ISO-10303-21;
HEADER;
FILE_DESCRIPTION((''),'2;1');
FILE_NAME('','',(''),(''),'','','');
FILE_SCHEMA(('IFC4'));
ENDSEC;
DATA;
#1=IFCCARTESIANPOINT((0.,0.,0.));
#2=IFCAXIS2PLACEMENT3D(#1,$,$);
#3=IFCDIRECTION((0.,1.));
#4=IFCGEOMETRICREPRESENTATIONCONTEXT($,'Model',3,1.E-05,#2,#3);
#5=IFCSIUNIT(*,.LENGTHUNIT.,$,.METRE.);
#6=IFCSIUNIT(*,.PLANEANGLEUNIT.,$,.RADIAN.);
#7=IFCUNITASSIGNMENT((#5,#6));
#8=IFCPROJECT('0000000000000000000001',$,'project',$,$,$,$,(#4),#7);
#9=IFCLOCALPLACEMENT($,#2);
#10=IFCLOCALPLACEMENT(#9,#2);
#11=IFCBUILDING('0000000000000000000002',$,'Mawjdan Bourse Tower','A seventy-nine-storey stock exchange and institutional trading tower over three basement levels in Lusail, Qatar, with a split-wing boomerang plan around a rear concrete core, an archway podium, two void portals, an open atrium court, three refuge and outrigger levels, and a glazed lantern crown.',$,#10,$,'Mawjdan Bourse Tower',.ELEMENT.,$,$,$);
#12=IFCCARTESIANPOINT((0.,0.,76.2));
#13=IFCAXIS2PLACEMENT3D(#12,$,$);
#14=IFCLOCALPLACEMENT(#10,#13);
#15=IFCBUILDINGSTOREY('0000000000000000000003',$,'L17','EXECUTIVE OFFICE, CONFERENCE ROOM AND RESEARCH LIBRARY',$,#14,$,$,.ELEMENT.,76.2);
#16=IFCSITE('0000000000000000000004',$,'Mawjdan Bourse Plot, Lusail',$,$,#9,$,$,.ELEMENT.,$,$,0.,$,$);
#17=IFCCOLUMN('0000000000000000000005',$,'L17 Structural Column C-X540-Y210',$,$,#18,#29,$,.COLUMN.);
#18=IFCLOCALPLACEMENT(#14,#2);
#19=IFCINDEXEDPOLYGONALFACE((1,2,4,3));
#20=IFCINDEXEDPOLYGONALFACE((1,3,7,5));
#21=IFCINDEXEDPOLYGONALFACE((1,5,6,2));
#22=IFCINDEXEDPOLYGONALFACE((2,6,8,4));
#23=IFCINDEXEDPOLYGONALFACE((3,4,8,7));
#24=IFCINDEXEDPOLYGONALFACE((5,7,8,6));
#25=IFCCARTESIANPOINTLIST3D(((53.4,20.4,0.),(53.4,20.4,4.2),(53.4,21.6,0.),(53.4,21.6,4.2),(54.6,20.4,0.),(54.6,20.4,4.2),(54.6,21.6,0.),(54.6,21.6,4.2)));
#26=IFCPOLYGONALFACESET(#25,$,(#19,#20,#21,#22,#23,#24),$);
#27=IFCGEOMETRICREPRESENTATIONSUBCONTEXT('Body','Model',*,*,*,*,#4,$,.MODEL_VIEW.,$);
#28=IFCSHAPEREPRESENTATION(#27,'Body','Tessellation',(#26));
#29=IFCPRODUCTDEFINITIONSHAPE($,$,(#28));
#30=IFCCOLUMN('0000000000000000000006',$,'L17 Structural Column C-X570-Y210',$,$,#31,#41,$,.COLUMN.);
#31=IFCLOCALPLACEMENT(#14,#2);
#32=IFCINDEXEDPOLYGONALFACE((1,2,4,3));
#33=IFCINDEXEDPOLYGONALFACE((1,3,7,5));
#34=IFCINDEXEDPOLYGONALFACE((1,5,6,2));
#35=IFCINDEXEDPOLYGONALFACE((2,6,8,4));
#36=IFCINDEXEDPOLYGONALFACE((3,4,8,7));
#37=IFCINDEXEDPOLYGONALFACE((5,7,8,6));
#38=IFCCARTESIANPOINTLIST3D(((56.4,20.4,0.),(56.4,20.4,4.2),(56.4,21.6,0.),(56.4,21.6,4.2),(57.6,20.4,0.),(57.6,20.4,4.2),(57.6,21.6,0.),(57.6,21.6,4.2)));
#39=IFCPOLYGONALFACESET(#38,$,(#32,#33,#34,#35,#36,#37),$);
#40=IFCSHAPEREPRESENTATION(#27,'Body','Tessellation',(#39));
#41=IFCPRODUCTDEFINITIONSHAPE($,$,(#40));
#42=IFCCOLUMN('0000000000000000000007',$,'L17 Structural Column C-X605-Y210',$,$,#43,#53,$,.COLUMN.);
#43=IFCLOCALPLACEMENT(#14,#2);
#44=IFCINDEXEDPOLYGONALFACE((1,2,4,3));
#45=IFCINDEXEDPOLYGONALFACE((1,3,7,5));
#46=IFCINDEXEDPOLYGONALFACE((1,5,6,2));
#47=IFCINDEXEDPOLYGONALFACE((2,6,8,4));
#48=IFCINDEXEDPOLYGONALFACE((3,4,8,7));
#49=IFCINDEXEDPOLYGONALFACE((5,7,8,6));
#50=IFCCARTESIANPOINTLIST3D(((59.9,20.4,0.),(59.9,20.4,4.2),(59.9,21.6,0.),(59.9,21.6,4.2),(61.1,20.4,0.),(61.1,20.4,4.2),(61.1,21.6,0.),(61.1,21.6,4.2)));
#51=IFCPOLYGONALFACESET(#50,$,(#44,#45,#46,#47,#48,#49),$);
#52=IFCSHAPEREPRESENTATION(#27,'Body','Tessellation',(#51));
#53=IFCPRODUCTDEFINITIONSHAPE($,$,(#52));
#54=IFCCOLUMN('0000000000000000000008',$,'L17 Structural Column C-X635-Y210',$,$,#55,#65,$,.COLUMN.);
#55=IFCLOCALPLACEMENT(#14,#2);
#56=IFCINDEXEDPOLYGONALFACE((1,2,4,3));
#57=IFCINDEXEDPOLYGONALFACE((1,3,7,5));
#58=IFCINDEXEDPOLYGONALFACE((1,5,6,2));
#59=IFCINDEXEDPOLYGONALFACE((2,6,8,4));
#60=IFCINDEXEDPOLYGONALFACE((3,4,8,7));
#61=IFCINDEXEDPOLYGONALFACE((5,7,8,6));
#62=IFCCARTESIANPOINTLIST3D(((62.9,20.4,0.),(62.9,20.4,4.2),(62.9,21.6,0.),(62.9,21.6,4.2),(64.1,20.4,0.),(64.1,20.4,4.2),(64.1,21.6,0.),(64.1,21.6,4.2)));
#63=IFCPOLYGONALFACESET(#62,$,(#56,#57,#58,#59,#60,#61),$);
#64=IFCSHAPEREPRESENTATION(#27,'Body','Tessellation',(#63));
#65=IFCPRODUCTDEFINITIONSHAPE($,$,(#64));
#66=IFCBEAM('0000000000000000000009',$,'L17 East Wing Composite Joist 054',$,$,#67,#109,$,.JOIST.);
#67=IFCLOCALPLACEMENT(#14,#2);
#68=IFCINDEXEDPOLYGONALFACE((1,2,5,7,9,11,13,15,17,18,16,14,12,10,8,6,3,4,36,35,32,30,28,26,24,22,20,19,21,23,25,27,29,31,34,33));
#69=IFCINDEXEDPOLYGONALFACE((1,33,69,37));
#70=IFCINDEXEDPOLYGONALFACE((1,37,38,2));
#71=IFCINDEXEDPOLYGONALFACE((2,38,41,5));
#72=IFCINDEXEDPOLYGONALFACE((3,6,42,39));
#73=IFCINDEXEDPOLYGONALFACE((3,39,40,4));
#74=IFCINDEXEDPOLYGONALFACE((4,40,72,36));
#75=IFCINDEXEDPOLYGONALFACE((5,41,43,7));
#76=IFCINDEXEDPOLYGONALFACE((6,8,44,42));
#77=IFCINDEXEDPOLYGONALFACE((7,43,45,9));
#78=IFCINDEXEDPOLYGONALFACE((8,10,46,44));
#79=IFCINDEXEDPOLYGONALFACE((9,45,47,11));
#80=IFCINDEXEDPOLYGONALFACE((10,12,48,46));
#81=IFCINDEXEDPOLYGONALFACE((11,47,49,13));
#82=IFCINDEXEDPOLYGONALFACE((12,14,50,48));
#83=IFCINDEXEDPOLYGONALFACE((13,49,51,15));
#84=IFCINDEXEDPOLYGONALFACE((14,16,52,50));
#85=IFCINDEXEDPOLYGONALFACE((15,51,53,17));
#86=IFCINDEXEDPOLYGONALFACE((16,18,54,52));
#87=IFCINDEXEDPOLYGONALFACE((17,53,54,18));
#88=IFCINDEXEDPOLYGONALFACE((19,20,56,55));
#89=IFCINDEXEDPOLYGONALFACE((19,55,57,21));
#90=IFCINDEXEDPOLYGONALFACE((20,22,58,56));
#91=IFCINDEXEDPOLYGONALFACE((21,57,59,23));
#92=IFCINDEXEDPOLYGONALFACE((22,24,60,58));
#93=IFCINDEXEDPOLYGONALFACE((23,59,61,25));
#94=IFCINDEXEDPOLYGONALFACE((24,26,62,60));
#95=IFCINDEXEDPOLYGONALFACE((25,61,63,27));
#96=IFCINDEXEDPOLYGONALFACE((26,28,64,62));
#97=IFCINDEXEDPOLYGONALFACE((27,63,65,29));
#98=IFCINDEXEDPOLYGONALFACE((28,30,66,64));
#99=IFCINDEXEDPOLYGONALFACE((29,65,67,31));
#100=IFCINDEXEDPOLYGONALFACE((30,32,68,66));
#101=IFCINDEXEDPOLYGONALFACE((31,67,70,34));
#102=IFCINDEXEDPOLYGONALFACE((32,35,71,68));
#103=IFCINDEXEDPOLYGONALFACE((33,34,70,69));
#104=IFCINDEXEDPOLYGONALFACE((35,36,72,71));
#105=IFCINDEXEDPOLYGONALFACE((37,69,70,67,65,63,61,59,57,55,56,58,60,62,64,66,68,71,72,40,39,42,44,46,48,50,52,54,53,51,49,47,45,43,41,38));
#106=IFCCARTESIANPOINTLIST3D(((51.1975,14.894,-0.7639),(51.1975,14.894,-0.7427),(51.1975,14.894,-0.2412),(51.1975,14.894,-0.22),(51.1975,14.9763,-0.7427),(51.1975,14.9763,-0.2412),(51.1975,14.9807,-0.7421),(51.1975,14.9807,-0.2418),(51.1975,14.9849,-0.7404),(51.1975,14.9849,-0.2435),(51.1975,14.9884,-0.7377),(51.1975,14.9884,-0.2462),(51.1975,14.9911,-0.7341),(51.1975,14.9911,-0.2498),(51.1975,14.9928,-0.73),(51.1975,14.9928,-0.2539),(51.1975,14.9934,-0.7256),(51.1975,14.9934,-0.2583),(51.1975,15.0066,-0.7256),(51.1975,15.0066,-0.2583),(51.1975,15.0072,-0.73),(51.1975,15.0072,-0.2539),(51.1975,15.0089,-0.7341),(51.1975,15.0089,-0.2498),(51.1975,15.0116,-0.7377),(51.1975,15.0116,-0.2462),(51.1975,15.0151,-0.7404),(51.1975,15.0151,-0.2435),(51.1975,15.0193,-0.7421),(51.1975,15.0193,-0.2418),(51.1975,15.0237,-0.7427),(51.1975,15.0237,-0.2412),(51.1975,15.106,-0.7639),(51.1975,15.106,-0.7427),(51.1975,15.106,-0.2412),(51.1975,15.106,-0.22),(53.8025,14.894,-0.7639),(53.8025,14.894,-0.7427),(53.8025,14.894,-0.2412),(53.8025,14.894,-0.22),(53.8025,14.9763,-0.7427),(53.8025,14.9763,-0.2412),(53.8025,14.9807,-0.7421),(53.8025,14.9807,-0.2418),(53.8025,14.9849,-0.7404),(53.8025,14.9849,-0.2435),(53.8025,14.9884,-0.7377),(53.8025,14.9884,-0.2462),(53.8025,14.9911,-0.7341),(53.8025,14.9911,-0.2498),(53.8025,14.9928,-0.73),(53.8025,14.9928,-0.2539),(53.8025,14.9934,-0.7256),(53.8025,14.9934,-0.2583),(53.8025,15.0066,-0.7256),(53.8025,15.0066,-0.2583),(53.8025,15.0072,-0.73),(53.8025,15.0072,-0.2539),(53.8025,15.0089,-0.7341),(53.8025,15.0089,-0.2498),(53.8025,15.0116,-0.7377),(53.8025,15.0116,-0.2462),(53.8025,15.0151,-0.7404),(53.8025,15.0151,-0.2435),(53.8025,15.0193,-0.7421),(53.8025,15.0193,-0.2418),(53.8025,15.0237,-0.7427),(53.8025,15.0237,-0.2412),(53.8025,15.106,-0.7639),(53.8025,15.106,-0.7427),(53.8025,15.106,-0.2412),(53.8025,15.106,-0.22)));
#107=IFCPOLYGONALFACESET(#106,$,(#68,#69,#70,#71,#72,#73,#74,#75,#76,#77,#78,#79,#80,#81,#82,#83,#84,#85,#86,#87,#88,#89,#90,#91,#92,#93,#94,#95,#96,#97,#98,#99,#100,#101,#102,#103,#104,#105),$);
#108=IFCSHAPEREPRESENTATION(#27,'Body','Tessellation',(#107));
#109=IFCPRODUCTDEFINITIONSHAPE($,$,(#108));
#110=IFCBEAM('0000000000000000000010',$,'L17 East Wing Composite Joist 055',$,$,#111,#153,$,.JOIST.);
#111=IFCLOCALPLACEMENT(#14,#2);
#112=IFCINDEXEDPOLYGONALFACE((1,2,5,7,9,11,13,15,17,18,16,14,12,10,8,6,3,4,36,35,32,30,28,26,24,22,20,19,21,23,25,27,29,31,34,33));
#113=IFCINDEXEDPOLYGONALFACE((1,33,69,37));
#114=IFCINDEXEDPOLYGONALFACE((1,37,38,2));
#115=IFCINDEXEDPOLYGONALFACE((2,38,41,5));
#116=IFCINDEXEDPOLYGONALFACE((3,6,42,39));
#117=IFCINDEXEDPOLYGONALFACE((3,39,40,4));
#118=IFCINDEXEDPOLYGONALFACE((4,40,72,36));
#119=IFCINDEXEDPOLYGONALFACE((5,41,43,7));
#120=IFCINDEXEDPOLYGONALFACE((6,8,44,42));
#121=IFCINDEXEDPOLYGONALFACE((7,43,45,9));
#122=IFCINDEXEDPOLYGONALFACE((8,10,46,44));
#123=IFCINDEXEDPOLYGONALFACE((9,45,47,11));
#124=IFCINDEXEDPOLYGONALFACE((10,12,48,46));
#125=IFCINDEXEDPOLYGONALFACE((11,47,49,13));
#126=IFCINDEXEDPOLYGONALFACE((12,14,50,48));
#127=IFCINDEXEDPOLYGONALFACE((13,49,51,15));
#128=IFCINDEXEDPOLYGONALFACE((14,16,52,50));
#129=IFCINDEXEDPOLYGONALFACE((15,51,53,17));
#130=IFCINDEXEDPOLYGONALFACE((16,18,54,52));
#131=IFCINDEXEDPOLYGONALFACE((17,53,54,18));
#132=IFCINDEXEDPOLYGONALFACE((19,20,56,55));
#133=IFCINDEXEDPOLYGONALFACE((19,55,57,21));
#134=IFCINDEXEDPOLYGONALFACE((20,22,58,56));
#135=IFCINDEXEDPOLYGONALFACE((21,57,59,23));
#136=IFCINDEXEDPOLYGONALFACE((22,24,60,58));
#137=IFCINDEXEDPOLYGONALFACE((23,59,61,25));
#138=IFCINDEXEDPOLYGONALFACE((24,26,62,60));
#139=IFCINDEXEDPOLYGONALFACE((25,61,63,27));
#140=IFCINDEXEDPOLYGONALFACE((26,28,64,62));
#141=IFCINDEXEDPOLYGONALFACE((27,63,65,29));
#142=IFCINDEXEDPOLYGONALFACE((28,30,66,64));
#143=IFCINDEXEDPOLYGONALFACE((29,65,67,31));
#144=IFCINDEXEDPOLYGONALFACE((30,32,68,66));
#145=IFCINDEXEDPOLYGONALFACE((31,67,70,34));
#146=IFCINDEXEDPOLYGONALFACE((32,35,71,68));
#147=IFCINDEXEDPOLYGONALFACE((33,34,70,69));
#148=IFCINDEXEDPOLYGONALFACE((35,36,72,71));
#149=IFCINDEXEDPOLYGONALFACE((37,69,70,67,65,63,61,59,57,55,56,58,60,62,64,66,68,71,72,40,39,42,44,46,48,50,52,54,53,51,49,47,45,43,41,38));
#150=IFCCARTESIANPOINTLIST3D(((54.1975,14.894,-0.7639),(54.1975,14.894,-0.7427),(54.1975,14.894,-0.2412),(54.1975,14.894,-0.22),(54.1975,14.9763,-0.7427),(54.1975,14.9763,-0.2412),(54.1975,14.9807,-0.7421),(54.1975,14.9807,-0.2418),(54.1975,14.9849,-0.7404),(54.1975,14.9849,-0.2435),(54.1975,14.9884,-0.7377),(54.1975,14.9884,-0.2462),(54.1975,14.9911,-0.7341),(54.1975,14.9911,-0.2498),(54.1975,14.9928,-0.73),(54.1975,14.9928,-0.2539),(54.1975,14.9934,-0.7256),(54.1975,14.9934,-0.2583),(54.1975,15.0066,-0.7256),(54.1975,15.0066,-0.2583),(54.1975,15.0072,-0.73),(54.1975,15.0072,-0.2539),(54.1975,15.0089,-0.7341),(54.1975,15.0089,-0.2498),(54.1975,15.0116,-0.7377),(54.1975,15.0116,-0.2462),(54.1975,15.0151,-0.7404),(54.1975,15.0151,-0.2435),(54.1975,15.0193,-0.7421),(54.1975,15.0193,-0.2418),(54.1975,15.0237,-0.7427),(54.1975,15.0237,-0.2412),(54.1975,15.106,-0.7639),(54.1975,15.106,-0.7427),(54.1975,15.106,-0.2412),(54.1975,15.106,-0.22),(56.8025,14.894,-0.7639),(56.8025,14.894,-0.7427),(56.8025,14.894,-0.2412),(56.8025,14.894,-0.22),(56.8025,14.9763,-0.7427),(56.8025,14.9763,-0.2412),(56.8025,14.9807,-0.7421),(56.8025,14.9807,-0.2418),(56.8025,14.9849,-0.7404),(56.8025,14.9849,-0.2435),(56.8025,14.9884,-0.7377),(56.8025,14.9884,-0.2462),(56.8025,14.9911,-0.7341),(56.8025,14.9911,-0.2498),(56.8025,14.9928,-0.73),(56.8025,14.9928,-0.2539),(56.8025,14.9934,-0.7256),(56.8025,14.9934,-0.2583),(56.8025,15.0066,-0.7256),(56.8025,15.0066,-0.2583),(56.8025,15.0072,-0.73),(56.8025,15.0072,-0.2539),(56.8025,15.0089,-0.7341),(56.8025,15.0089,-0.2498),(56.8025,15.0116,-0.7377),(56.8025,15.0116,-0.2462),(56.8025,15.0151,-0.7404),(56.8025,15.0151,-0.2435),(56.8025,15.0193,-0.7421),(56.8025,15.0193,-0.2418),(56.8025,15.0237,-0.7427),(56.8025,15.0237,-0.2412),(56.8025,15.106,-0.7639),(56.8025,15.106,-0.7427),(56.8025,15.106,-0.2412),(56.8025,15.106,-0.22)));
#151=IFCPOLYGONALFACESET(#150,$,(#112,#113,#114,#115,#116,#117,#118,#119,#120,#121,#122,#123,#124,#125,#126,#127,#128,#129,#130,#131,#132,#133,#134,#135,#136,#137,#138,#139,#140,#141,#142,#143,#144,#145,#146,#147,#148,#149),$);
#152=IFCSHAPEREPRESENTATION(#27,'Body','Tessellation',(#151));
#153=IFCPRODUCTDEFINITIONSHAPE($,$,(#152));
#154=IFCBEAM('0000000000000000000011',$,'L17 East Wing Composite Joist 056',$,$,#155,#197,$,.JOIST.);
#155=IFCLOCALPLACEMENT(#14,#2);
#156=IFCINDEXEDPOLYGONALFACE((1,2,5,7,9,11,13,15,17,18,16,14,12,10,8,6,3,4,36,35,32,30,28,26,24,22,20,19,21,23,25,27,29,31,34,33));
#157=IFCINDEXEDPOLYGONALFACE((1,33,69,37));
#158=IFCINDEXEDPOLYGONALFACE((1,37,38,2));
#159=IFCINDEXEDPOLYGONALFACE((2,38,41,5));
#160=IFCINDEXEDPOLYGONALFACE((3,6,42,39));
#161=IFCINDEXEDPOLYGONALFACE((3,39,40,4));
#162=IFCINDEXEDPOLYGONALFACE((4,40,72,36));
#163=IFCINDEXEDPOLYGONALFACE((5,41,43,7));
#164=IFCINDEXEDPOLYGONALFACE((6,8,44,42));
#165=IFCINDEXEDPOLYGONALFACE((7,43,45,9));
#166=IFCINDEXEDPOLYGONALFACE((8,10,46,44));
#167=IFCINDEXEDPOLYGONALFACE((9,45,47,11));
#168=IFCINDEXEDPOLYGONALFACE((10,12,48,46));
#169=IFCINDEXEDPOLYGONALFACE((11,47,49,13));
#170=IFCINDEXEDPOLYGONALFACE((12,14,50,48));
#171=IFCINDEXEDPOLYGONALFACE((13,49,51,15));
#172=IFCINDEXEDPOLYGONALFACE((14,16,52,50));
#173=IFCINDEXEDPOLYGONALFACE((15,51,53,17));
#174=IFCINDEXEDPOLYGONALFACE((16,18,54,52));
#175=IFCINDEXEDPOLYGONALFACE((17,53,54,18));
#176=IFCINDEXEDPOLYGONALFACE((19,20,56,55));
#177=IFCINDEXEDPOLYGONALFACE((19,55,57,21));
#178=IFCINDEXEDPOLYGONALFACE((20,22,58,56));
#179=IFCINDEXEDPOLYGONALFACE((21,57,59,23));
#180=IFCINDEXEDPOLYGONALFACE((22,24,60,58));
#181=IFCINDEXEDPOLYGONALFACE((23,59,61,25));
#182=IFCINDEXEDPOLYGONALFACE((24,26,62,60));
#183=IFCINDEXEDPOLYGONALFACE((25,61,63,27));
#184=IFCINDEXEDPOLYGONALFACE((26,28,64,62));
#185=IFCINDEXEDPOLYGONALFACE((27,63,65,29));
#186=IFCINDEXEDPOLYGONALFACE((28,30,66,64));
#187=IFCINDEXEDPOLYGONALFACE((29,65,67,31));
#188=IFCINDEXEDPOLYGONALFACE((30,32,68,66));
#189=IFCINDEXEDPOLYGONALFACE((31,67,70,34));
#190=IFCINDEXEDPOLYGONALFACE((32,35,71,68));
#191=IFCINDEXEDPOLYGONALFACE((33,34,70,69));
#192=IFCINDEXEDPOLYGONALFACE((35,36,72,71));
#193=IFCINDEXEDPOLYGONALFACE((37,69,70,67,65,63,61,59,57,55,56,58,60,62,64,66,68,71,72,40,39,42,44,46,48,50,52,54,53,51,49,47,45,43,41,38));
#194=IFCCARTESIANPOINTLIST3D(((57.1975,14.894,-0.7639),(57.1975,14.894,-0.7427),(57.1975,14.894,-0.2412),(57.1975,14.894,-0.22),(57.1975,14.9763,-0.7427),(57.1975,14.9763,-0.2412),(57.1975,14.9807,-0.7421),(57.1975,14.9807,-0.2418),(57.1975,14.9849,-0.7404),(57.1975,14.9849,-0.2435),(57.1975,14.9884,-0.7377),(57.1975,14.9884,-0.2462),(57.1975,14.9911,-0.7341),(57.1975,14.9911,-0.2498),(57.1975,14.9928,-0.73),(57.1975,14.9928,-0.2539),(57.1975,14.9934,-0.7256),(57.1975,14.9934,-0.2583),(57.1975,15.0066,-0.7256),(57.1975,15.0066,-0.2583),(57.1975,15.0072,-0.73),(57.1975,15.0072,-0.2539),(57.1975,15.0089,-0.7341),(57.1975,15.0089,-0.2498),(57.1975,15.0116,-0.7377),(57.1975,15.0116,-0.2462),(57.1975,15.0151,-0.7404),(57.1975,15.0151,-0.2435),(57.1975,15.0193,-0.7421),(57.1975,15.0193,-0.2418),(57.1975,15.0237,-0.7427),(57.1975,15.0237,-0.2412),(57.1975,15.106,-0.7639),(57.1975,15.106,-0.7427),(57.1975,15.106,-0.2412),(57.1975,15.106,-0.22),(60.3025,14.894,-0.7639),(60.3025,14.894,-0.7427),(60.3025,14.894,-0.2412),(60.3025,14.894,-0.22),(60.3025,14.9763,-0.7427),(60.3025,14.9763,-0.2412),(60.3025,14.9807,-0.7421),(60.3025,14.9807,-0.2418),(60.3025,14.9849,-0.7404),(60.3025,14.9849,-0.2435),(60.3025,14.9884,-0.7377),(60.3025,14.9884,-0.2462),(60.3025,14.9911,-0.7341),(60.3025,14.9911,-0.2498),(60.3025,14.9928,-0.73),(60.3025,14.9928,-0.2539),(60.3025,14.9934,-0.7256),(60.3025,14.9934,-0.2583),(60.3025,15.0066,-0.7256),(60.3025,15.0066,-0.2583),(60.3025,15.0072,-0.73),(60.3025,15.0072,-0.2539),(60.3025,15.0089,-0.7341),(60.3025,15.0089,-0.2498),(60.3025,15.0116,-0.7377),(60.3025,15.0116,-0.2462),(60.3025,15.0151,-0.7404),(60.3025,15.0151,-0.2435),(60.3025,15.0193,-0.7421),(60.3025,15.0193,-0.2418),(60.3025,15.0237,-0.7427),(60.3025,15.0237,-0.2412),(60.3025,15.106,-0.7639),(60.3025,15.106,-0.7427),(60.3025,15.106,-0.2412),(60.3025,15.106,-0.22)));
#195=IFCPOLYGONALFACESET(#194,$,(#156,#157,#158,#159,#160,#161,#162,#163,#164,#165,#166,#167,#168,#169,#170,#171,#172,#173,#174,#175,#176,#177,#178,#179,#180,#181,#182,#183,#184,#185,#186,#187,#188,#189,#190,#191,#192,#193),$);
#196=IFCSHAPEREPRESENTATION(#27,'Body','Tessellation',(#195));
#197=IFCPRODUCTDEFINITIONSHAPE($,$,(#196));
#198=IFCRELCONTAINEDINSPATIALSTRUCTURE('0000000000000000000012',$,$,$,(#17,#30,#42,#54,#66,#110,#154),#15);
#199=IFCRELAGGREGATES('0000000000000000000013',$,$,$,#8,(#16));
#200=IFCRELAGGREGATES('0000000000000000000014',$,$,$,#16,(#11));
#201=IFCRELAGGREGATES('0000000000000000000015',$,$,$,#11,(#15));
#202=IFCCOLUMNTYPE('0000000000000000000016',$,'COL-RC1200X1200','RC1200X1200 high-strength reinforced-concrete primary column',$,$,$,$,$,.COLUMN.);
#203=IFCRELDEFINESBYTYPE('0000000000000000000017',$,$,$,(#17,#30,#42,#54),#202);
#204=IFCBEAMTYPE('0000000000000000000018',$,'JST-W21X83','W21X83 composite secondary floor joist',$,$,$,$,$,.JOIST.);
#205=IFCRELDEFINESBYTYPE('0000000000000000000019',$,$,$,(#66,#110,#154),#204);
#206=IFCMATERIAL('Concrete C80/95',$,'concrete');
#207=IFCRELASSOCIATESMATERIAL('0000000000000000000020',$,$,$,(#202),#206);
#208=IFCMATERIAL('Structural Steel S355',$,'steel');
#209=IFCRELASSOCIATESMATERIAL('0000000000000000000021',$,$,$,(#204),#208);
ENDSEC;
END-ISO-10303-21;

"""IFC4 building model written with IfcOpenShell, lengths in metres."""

from ifc_helpers import new_model, si_unit, direction, frame, origin, origin_2d, place, context, subcontext, project, spatial, rectangle, i_section, extrude, material, material_profile, profile_set, type_object, element, save


model = new_model("IFC4")

# Units and contexts
model_context = context("Model", 3, precision=1e-05, world=origin(), true_north=direction((0.0, 1.0)))
body_context = subcontext(model_context, "Body", "Model", "MODEL_VIEW")
ifc_project = project(units=[si_unit("LENGTHUNIT", "METRE"), si_unit("PLANEANGLEUNIT", "RADIAN")], contexts=[model_context])

# Site, building, storey
site_placement = place(None, origin())
site = spatial("IfcSite", under=ifc_project, at=site_placement, Name="Mawjdan Bourse Plot, Lusail", CompositionType="ELEMENT", RefElevation=0.0)
building_placement = place(site_placement, origin())
building = spatial("IfcBuilding", under=site, at=building_placement, Name="Mawjdan Bourse Tower", Description="A seventy-nine-storey stock exchange and institutional trading tower over three basement levels in Lusail, Qatar, with a split-wing boomerang plan around a rear concrete core, an archway podium, two void portals, an open atrium court, three refuge and outrigger levels, and a glazed lantern crown.", LongName="Mawjdan Bourse Tower", CompositionType="ELEMENT")
storey_placement = place(building_placement, frame((0.0, 0.0, 76.2)))
storey = spatial("IfcBuildingStorey", under=building, at=storey_placement, Name="L17", Description="EXECUTIVE OFFICE, CONFERENCE ROOM AND RESEARCH LIBRARY", CompositionType="ELEMENT", Elevation=76.2)

# Columns
ifc_material_1 = material(Name="Concrete C80/95", Category="concrete")
ifc_material_profile_1 = material_profile(ifc_material_1, rectangle(XDim=1.2, YDim=1.2, at=origin_2d()), Name="RC1200X1200")
ifc_profile_set_1 = profile_set([ifc_material_profile_1], Name="Concrete C80/95")
column_type = type_object("IfcColumnType", Name="COL-RC1200X1200", Description="RC1200X1200 high-strength reinforced-concrete primary column", PredefinedType="COLUMN", material=ifc_profile_set_1)
for number, where, z_axis, x_axis, name in (
    (1, (54.0, 21.0, 0.0), (0.0, 0.0, 1.0), (1.0, 0.0, 0.0), "L17 Structural Column C-X540-Y210"),
    (2, (57.0, 21.0, 0.0), (0.0, 0.0, 1.0), (1.0, 0.0, 0.0), "L17 Structural Column C-X570-Y210"),
    (3, (60.5, 21.0, 0.0), (0.0, 0.0, 1.0), (1.0, 0.0, 0.0), "L17 Structural Column C-X605-Y210"),
    (4, (63.5, 21.0, 0.0), (0.0, 0.0, 1.0), (1.0, 0.0, 0.0), "L17 Structural Column C-X635-Y210"),
):
    element("IfcColumn", number, at=place(storey_placement, frame(where, z_axis=z_axis, x_axis=x_axis)), inside=storey, type_object=column_type, Name=name, PredefinedType="COLUMN", context=body_context, shape_type="SweptSolid", body=[
        extrude(rectangle(XDim=1.2, YDim=1.2, at=origin_2d()), origin(), (0.0, 0.0, 1.0), 4.2),
    ])

# Beams
ifc_material_2 = material(Name="Structural Steel S355", Category="steel")
ifc_material_profile_2 = material_profile(ifc_material_2, i_section(OverallWidth=0.2119, OverallDepth=0.5439, WebThickness=0.0132, FlangeThickness=0.0212, FilletRadius=0.0171, at=origin_2d()), Name="W21X83")
ifc_profile_set_2 = profile_set([ifc_material_profile_2], Name="Structural Steel S355")
beam_type_1 = type_object("IfcBeamType", Name="JST-W21X83", Description="W21X83 composite secondary floor joist", PredefinedType="JOIST", material=ifc_profile_set_2)
for number, where, z_axis, x_axis, name in (
    (5, (51.1975, 15.0, -0.4919), (1.0, 0.0, 0.0), (0.0, 1.0, 0.0), "L17 East Wing Composite Joist 054"),
    (6, (54.1975, 15.0, -0.4919), (1.0, 0.0, 0.0), (0.0, 1.0, 0.0), "L17 East Wing Composite Joist 055"),
):
    element("IfcBeam", number, at=place(storey_placement, frame(where, z_axis=z_axis, x_axis=x_axis)), inside=storey, type_object=beam_type_1, Name=name, PredefinedType="JOIST", context=body_context, shape_type="SweptSolid", body=[
        extrude(i_section(OverallWidth=0.2119, OverallDepth=0.5439, WebThickness=0.0132, FlangeThickness=0.0212, FilletRadius=0.0171, at=origin_2d()), origin(), (0.0, 0.0, 1.0), 2.605),
    ])
beam_1_placement = place(storey_placement, frame((57.1975, 15.0, -0.4919), z_axis=(1.0, 0.0, 0.0), x_axis=(0.0, 1.0, 0.0)))
element("IfcBeam", 7, at=beam_1_placement, inside=storey, type_object=beam_type_1, Name="L17 East Wing Composite Joist 056", PredefinedType="JOIST", context=body_context, shape_type="SweptSolid", body=[
    extrude(i_section(OverallWidth=0.2119, OverallDepth=0.5439, WebThickness=0.0132, FlangeThickness=0.0212, FilletRadius=0.0171, at=origin_2d()), origin(), (0.0, 0.0, 1.0), 3.105),
])

save(model, "model.ifc")
